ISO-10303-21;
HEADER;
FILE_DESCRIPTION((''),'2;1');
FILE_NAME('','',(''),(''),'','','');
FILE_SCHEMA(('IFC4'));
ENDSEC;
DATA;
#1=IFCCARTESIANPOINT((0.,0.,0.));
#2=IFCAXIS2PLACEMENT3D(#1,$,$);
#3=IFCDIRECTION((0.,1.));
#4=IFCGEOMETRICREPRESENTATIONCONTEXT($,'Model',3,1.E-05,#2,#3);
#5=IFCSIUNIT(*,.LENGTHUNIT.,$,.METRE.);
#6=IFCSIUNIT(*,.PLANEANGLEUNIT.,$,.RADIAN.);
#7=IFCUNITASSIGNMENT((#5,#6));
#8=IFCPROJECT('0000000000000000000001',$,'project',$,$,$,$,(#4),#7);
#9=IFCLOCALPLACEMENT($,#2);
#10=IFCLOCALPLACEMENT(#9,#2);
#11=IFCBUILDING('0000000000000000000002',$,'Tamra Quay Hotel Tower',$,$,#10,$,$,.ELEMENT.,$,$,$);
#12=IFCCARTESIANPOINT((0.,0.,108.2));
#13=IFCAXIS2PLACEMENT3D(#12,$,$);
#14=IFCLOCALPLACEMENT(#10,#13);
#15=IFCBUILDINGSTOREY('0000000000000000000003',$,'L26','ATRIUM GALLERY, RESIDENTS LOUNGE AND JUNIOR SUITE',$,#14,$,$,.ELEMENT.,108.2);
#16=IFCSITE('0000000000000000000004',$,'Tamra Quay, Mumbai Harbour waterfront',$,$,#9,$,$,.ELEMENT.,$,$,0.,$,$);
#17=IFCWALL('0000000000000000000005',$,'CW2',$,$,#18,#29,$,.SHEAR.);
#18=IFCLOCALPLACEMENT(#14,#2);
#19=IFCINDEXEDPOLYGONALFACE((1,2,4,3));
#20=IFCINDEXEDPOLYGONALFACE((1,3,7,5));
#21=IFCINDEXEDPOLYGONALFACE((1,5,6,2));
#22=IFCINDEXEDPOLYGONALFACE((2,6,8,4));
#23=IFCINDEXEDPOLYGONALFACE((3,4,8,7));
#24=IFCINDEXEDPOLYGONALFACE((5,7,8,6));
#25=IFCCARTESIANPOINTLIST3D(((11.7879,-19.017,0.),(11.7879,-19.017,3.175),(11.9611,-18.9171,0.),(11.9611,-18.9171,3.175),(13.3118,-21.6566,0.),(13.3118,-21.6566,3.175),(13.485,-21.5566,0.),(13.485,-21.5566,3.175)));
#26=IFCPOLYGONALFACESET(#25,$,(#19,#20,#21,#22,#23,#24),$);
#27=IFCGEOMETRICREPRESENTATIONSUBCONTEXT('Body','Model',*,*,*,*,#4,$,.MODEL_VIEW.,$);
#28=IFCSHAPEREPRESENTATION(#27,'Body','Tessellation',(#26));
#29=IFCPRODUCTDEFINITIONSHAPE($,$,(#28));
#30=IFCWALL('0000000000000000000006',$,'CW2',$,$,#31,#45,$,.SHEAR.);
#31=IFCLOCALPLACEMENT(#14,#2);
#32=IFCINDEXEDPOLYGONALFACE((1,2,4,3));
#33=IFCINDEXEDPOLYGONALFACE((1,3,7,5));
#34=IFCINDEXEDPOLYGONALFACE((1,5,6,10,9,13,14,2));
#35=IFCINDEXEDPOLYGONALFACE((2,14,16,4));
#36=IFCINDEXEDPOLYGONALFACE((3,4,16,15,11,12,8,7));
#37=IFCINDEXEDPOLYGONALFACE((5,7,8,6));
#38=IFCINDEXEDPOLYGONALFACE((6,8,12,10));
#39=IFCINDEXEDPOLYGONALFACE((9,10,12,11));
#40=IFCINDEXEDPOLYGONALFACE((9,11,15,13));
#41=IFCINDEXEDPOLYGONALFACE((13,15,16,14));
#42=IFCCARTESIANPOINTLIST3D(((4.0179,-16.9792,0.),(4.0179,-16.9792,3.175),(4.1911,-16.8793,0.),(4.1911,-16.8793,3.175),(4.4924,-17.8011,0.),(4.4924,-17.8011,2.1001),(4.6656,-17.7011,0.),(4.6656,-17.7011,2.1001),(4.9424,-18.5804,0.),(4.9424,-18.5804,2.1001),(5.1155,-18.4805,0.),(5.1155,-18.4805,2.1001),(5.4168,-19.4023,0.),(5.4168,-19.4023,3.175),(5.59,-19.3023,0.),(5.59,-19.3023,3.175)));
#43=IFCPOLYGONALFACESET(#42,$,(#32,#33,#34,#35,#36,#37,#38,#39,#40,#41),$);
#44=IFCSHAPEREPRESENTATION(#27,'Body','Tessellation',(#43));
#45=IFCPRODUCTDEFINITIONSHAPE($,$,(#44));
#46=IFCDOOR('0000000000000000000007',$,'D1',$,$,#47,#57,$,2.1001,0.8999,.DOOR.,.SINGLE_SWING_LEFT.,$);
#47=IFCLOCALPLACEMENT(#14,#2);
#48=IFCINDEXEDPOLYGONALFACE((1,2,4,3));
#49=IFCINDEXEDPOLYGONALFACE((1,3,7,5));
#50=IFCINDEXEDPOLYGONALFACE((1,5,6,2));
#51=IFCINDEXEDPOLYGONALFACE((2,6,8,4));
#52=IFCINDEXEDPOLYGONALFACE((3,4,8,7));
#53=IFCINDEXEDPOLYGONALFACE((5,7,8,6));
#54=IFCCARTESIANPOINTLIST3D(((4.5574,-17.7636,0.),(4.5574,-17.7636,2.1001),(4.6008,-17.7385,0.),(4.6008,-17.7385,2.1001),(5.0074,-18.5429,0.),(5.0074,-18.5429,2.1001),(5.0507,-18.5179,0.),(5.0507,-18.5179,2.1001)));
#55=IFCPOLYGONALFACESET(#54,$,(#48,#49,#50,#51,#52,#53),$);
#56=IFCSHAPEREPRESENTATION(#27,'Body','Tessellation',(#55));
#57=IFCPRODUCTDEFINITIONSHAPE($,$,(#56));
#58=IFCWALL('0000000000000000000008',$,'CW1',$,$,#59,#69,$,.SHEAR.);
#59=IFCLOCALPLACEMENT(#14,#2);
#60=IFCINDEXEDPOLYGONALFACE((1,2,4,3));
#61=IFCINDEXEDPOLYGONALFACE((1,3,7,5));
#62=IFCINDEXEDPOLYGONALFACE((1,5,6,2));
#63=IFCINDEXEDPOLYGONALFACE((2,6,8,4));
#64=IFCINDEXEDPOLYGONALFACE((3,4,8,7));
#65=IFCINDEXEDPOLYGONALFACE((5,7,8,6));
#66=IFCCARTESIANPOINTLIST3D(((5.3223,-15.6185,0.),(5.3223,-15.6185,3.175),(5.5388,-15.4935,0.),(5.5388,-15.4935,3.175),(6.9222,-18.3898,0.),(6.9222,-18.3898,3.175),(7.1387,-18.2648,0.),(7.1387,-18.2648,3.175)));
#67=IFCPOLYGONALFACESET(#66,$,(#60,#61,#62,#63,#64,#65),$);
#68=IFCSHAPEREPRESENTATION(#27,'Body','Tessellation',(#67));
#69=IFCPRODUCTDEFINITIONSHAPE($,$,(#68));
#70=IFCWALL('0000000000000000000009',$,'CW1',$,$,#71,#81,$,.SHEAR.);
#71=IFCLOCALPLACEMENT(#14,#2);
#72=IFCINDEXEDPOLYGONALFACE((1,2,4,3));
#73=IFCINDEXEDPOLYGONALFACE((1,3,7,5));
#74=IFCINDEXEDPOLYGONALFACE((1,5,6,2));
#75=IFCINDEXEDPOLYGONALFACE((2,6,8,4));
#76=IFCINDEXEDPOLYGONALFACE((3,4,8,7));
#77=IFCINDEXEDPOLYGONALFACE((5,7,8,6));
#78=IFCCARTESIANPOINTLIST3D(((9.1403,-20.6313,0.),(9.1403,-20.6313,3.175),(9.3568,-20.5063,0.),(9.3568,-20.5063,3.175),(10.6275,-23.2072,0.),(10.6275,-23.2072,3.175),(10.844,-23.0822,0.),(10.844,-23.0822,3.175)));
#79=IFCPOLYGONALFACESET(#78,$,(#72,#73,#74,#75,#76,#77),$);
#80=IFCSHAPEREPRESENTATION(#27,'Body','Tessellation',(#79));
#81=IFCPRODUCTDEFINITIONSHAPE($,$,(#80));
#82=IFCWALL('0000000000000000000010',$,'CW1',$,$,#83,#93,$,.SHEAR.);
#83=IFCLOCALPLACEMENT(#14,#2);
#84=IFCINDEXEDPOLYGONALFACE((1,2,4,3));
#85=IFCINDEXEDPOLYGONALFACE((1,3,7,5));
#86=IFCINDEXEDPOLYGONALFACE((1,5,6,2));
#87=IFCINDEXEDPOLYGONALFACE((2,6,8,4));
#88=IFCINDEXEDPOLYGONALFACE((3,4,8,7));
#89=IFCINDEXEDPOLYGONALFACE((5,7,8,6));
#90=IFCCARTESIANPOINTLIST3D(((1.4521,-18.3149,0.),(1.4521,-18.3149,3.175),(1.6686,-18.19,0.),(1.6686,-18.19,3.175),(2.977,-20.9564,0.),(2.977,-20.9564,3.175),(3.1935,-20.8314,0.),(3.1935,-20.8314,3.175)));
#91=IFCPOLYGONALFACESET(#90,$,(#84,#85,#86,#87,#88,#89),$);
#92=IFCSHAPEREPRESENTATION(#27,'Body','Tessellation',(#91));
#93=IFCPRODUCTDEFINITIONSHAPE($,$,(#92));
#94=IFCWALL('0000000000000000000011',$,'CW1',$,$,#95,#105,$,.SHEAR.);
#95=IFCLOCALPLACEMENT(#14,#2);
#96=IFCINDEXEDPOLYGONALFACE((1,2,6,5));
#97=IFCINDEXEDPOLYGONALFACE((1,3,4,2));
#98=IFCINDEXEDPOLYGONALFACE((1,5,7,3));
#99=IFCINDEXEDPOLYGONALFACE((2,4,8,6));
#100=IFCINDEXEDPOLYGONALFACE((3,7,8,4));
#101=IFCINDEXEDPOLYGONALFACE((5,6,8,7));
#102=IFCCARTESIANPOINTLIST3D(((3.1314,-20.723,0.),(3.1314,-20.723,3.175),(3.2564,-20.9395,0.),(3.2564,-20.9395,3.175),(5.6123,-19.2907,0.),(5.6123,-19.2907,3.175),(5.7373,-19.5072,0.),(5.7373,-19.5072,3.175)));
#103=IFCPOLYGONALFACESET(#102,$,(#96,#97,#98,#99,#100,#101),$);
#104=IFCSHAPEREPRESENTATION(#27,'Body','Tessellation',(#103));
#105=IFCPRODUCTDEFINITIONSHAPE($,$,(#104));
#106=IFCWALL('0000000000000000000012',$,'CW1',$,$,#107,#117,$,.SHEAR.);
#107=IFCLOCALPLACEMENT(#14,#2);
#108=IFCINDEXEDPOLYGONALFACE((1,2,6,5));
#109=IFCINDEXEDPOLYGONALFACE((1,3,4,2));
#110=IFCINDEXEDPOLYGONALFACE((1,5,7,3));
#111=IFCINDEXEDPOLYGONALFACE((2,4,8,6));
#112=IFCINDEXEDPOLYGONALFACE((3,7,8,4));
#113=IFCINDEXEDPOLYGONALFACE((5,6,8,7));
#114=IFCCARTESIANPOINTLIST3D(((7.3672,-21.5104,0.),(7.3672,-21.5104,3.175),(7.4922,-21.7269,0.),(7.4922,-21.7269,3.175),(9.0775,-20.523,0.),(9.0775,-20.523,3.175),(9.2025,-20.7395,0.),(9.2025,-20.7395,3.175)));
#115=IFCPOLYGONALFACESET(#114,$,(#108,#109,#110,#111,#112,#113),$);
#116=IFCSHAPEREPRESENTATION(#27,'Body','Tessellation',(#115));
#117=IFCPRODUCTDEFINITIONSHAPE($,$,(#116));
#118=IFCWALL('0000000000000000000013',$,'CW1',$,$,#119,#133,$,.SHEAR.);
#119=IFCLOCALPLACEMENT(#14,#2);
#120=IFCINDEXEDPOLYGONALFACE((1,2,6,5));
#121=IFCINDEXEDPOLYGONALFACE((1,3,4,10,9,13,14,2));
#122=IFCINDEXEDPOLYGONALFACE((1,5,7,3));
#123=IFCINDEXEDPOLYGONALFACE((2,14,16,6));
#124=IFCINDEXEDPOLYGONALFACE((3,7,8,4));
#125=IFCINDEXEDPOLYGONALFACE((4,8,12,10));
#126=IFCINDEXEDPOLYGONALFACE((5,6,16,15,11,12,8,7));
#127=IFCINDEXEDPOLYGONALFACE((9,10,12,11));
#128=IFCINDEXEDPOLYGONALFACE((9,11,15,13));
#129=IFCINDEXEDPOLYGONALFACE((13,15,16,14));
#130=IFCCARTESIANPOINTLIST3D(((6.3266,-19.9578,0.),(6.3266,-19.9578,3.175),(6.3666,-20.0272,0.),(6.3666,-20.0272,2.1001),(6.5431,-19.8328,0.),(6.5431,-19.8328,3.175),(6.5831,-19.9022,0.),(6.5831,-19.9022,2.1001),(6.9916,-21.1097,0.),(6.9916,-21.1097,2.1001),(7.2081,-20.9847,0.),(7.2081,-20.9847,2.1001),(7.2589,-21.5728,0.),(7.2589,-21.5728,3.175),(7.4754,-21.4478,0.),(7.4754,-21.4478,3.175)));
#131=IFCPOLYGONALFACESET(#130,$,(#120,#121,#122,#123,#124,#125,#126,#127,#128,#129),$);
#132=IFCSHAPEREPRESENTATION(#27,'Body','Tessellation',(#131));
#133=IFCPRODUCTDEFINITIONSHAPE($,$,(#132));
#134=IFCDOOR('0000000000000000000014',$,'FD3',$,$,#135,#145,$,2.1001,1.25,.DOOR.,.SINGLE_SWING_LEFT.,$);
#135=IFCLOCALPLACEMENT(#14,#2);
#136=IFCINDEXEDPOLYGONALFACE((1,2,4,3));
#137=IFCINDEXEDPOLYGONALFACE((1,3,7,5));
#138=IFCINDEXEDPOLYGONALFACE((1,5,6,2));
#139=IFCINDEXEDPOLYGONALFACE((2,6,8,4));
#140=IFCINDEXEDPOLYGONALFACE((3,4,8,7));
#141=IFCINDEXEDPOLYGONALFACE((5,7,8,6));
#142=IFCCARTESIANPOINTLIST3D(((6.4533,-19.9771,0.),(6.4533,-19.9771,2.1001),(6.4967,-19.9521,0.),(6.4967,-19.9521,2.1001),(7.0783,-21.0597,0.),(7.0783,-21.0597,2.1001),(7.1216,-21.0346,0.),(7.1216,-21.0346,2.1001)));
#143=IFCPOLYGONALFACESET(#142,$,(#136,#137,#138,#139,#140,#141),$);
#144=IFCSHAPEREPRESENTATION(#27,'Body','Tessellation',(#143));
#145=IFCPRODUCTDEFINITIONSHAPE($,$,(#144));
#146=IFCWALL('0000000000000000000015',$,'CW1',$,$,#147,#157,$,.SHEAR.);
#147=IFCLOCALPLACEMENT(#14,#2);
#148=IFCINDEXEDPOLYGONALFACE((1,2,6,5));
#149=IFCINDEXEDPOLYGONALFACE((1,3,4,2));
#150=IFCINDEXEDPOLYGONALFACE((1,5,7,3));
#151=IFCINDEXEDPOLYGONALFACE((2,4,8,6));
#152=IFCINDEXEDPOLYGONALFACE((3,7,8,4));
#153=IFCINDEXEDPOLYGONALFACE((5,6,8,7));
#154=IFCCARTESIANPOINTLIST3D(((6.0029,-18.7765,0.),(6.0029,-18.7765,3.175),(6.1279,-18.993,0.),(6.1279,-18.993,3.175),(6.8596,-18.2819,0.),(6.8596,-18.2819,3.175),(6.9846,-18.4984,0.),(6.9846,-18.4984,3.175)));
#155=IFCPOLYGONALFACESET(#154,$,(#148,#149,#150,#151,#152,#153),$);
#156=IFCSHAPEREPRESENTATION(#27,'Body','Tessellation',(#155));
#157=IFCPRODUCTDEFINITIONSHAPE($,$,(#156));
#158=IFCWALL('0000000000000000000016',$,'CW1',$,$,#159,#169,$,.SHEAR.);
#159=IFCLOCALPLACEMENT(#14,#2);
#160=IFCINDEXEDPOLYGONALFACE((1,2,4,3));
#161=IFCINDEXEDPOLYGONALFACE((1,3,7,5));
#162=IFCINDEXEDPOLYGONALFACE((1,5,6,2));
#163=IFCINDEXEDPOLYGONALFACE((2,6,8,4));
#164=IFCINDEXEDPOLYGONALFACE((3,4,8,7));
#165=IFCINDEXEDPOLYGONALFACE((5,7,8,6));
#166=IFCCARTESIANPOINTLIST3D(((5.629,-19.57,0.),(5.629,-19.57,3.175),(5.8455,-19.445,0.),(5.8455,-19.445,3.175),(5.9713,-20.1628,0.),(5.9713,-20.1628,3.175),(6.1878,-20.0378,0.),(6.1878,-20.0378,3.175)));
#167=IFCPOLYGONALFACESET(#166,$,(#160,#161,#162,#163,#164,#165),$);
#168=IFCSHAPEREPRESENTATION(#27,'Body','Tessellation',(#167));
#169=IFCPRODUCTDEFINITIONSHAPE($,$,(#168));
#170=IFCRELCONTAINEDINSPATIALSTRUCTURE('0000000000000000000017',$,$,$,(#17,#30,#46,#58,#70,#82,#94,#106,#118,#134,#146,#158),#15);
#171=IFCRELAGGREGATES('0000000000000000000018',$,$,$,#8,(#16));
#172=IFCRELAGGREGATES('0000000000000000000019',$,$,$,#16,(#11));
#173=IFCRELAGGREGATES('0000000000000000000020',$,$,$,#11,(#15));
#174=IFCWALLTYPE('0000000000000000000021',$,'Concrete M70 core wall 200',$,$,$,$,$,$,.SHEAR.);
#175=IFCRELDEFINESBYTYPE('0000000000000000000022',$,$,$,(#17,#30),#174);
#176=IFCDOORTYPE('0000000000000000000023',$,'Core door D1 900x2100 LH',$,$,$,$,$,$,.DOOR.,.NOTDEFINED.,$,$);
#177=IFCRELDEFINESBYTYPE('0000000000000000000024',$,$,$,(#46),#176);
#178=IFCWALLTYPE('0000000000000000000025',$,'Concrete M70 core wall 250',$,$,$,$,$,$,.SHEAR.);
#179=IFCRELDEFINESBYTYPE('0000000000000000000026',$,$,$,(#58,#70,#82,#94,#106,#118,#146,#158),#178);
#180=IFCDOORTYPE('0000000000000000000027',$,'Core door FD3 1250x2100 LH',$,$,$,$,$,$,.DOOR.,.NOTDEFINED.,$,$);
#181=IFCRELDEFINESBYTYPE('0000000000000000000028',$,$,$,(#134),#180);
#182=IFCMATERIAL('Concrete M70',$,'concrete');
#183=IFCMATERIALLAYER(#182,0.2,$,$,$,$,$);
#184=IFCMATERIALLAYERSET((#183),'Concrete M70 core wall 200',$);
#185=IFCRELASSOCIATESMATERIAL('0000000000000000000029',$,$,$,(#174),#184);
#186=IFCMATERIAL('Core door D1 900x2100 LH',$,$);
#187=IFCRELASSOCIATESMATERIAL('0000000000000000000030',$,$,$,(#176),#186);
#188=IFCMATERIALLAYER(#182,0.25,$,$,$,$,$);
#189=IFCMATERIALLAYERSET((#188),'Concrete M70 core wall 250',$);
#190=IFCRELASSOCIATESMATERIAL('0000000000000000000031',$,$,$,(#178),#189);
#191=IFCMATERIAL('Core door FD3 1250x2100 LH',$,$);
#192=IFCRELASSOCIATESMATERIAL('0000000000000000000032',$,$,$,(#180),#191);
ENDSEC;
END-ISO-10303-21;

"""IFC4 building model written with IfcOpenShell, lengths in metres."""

from ifc_helpers import new_model, si_unit, direction, frame, frame_2d, origin, place, context, subcontext, project, spatial, rectangle, extrude, material, layer, layer_set, type_object, element, fill, save


model = new_model("IFC4")

# Units and contexts
model_context = context("Model", 3, precision=1e-05, world=origin(), true_north=direction((0.0, 1.0)))
body_context = subcontext(model_context, "Body", "Model", "MODEL_VIEW")
ifc_project = project(units=[si_unit("LENGTHUNIT", "METRE"), si_unit("PLANEANGLEUNIT", "RADIAN")], contexts=[model_context])

# Site, building, storey
site_placement = place(None, origin())
site = spatial("IfcSite", under=ifc_project, at=site_placement, Name="Tamra Quay, Mumbai Harbour waterfront", CompositionType="ELEMENT", RefElevation=0.0)
building_placement = place(site_placement, origin())
building = spatial("IfcBuilding", under=site, at=building_placement, Name="Tamra Quay Hotel Tower", CompositionType="ELEMENT")
storey_placement = place(building_placement, frame((0.0, 0.0, 108.2)))
storey = spatial("IfcBuildingStorey", under=building, at=storey_placement, Name="L26", Description="ATRIUM GALLERY, RESIDENTS LOUNGE AND JUNIOR SUITE", CompositionType="ELEMENT", Elevation=108.2)

# Shared definitions
ifc_material_1 = material(Name="Concrete M70", Category="concrete")

# Shared definitions
ifc_layer_1 = layer(ifc_material_1, 0.2)
ifc_layer_set_1 = layer_set([ifc_layer_1], Name="Concrete M70 core wall 200")
wall_type_1 = type_object("IfcWallType", Name="Concrete M70 core wall 200", PredefinedType="SHEAR", material=ifc_layer_set_1)

# Wall
wall_1_placement = place(storey_placement, frame((11.8745, -18.967, 0.0), z_axis=(0.0, 0.0, 1.0), x_axis=(0.499981, -0.866036, 0.0)))
element("IfcWall", 1, at=wall_1_placement, inside=storey, type_object=wall_type_1, Name="CW2", PredefinedType="SHEAR", context=body_context, shape_type="SweptSolid", body=[
    extrude(rectangle(XDim=3.0479, YDim=0.2, at=frame_2d((1.5239, 0.0))), origin(), (0.0, 0.0, 1.0), 3.175),
])

# Wall, opening, door
wall_2_placement = place(storey_placement, frame((5.5034, -19.3523, 0.0), z_axis=(0.0, 0.0, 1.0), x_axis=(-0.499987, 0.866033, 0.0)))
wall_2 = element("IfcWall", 2, at=wall_2_placement, inside=storey, type_object=wall_type_1, Name="CW2", PredefinedType="SHEAR", context=body_context, shape_type="SweptSolid", body=[
    extrude(rectangle(XDim=2.7979, YDim=0.2, at=frame_2d((1.3989, 0.0))), origin(), (0.0, 0.0, 1.0), 3.175),
])
opening_1_placement = place(wall_2_placement, frame((0.949, 0.0, 0.0)))
opening_1 = element("IfcOpeningElement", 3, at=opening_1_placement, cuts=wall_2, PredefinedType="OPENING", context=body_context, shape_type="SweptSolid", body=[
    extrude(rectangle(XDim=0.8999, YDim=2.1001, at=frame_2d((0.45, 1.05))), frame((0.0, 0.1099, 0.0), z_axis=(0.0, -1.0, 0.0), x_axis=(1.0, 0.0, 0.0)), (0.0, 0.0, 1.0), 0.22),
])
ifc_material_2 = material(Name="Core door D1 900x2100 LH")
door_type_1 = type_object("IfcDoorType", Name="Core door D1 900x2100 LH", OperationType="NOTDEFINED", PredefinedType="DOOR", material=ifc_material_2)
door_1_placement = place(opening_1_placement, origin())
door_1 = element("IfcDoor", 4, at=door_1_placement, inside=storey, type_object=door_type_1, Name="D1", OperationType="SINGLE_SWING_LEFT", OverallHeight=2.1001, OverallWidth=0.8999, PredefinedType="DOOR", context=body_context, shape_type="SweptSolid", body=[
    extrude(rectangle(XDim=0.8999, YDim=2.1001, at=frame_2d((0.45, 1.05))), frame((0.0, 0.0249, 0.0), z_axis=(0.0, -1.0, 0.0), x_axis=(1.0, 0.0, 0.0)), (0.0, 0.0, 1.0), 0.05),
])
fill(opening_1, door_1)

# Walls
ifc_layer_2 = layer(ifc_material_1, 0.25)
ifc_layer_set_2 = layer_set([ifc_layer_2], Name="Concrete M70 core wall 250")
wall_type_2 = type_object("IfcWallType", Name="Concrete M70 core wall 250", PredefinedType="SHEAR", material=ifc_layer_set_2)
wall_3_placement = place(storey_placement, frame((7.0305, -18.3274, 0.0), z_axis=(0.0, 0.0, 1.0), x_axis=(-0.499971, 0.866042, 0.0)))
element("IfcWall", 5, at=wall_3_placement, inside=storey, type_object=wall_type_2, Name="CW1", PredefinedType="SHEAR", context=body_context, shape_type="SweptSolid", body=[
    extrude(rectangle(XDim=3.2, YDim=0.25, at=frame_2d((1.6001, 0.0))), origin(), (0.0, 0.0, 1.0), 3.175),
])
wall_4_placement = place(storey_placement, frame((10.7358, -23.1448, 0.0), z_axis=(0.0, 0.0, 1.0), x_axis=(-0.500023, 0.866012, 0.0)))
element("IfcWall", 6, at=wall_4_placement, inside=storey, type_object=wall_type_2, Name="CW1", PredefinedType="SHEAR", context=body_context, shape_type="SweptSolid", body=[
    extrude(rectangle(XDim=2.9744, YDim=0.25, at=frame_2d((1.4873, 0.0))), origin(), (0.0, 0.0, 1.0), 3.175),
])
wall_5_placement = place(storey_placement, frame((3.0852, -20.8938, 0.0), z_axis=(0.0, 0.0, 1.0), x_axis=(-0.499979, 0.866038, 0.0)))
element("IfcWall", 7, at=wall_5_placement, inside=storey, type_object=wall_type_2, Name="CW1", PredefinedType="SHEAR", context=body_context, shape_type="SweptSolid", body=[
    extrude(rectangle(XDim=3.05, YDim=0.25, at=frame_2d((1.5249, 0.0))), origin(), (0.0, 0.0, 1.0), 3.175),
])
wall_6_placement = place(storey_placement, frame((5.6748, -19.3989, 0.0), z_axis=(0.0, 0.0, 1.0), x_axis=(-0.866027, -0.499998, 0.0)))
element("IfcWall", 8, at=wall_6_placement, inside=storey, type_object=wall_type_2, Name="CW1", PredefinedType="SHEAR", context=body_context, shape_type="SweptSolid", body=[
    extrude(rectangle(XDim=2.8647, YDim=0.25, at=frame_2d((1.4324, 0.0))), origin(), (0.0, 0.0, 1.0), 3.175),
])
wall_7_placement = place(storey_placement, frame((9.1399, -20.6313, 0.0), z_axis=(0.0, 0.0, 1.0), x_axis=(-0.866044, -0.499969, 0.0)))
element("IfcWall", 9, at=wall_7_placement, inside=storey, type_object=wall_type_2, Name="CW1", PredefinedType="SHEAR", context=body_context, shape_type="SweptSolid", body=[
    extrude(rectangle(XDim=1.9749, YDim=0.25, at=frame_2d((0.9873, 0.0))), origin(), (0.0, 0.0, 1.0), 3.175),
])

# Wall, opening, door
wall_8_placement = place(storey_placement, frame((7.3672, -21.5103, 0.0), z_axis=(0.0, 0.0, 1.0), x_axis=(-0.499983, 0.866035, 0.0)))
wall_8 = element("IfcWall", 10, at=wall_8_placement, inside=storey, type_object=wall_type_2, Name="CW1", PredefinedType="SHEAR", context=body_context, shape_type="SweptSolid", body=[
    extrude(rectangle(XDim=1.8647, YDim=0.25, at=frame_2d((0.9324, 0.0))), origin(), (0.0, 0.0, 1.0), 3.175),
])
opening_2_placement = place(wall_8_placement, frame((0.5347, 0.0, 0.0)))
opening_2 = element("IfcOpeningElement", 11, at=opening_2_placement, cuts=wall_8, PredefinedType="OPENING", context=body_context, shape_type="SweptSolid", body=[
    extrude(rectangle(XDim=1.25, YDim=2.1001, at=frame_2d((0.625, 1.05))), frame((0.0, 0.135, 0.0), z_axis=(0.0, -1.0, 0.0), x_axis=(1.0, 0.0, 0.0)), (0.0, 0.0, 1.0), 0.27),
])
ifc_material_3 = material(Name="Core door FD3 1250x2100 LH")
door_type_2 = type_object("IfcDoorType", Name="Core door FD3 1250x2100 LH", OperationType="NOTDEFINED", PredefinedType="DOOR", material=ifc_material_3)
door_2_placement = place(opening_2_placement, origin())
door_2 = element("IfcDoor", 12, at=door_2_placement, inside=storey, type_object=door_type_2, Name="FD3", OperationType="SINGLE_SWING_LEFT", OverallHeight=2.1001, OverallWidth=1.25, PredefinedType="DOOR", context=body_context, shape_type="SweptSolid", body=[
    extrude(rectangle(XDim=1.25, YDim=2.1001, at=frame_2d((0.625, 1.05))), frame((0.0, 0.0249, 0.0), z_axis=(0.0, -1.0, 0.0), x_axis=(1.0, 0.0, 0.0)), (0.0, 0.0, 1.0), 0.05),
])
fill(opening_2, door_2)

# Walls
wall_9_placement = place(storey_placement, frame((6.0654, -18.8848, 0.0), z_axis=(0.0, 0.0, 1.0), x_axis=(0.866017, 0.500014, 0.0)))
element("IfcWall", 13, at=wall_9_placement, inside=storey, type_object=wall_type_2, Name="CW1", PredefinedType="SHEAR", context=body_context, shape_type="SweptSolid", body=[
    extrude(rectangle(XDim=0.9893, YDim=0.25, at=frame_2d((0.4946, 0.0))), origin(), (0.0, 0.0, 1.0), 3.175),
])
wall_10_placement = place(storey_placement, frame((6.0796, -20.1003, 0.0), z_axis=(0.0, 0.0, 1.0), x_axis=(-0.500052, 0.865996, 0.0)))
element("IfcWall", 14, at=wall_10_placement, inside=storey, type_object=wall_type_2, Name="CW1", PredefinedType="SHEAR", context=body_context, shape_type="SweptSolid", body=[
    extrude(rectangle(XDim=0.6846, YDim=0.25, at=frame_2d((0.3423, 0.0))), origin(), (0.0, 0.0, 1.0), 3.175),
])

save(model, "model.ifc")
